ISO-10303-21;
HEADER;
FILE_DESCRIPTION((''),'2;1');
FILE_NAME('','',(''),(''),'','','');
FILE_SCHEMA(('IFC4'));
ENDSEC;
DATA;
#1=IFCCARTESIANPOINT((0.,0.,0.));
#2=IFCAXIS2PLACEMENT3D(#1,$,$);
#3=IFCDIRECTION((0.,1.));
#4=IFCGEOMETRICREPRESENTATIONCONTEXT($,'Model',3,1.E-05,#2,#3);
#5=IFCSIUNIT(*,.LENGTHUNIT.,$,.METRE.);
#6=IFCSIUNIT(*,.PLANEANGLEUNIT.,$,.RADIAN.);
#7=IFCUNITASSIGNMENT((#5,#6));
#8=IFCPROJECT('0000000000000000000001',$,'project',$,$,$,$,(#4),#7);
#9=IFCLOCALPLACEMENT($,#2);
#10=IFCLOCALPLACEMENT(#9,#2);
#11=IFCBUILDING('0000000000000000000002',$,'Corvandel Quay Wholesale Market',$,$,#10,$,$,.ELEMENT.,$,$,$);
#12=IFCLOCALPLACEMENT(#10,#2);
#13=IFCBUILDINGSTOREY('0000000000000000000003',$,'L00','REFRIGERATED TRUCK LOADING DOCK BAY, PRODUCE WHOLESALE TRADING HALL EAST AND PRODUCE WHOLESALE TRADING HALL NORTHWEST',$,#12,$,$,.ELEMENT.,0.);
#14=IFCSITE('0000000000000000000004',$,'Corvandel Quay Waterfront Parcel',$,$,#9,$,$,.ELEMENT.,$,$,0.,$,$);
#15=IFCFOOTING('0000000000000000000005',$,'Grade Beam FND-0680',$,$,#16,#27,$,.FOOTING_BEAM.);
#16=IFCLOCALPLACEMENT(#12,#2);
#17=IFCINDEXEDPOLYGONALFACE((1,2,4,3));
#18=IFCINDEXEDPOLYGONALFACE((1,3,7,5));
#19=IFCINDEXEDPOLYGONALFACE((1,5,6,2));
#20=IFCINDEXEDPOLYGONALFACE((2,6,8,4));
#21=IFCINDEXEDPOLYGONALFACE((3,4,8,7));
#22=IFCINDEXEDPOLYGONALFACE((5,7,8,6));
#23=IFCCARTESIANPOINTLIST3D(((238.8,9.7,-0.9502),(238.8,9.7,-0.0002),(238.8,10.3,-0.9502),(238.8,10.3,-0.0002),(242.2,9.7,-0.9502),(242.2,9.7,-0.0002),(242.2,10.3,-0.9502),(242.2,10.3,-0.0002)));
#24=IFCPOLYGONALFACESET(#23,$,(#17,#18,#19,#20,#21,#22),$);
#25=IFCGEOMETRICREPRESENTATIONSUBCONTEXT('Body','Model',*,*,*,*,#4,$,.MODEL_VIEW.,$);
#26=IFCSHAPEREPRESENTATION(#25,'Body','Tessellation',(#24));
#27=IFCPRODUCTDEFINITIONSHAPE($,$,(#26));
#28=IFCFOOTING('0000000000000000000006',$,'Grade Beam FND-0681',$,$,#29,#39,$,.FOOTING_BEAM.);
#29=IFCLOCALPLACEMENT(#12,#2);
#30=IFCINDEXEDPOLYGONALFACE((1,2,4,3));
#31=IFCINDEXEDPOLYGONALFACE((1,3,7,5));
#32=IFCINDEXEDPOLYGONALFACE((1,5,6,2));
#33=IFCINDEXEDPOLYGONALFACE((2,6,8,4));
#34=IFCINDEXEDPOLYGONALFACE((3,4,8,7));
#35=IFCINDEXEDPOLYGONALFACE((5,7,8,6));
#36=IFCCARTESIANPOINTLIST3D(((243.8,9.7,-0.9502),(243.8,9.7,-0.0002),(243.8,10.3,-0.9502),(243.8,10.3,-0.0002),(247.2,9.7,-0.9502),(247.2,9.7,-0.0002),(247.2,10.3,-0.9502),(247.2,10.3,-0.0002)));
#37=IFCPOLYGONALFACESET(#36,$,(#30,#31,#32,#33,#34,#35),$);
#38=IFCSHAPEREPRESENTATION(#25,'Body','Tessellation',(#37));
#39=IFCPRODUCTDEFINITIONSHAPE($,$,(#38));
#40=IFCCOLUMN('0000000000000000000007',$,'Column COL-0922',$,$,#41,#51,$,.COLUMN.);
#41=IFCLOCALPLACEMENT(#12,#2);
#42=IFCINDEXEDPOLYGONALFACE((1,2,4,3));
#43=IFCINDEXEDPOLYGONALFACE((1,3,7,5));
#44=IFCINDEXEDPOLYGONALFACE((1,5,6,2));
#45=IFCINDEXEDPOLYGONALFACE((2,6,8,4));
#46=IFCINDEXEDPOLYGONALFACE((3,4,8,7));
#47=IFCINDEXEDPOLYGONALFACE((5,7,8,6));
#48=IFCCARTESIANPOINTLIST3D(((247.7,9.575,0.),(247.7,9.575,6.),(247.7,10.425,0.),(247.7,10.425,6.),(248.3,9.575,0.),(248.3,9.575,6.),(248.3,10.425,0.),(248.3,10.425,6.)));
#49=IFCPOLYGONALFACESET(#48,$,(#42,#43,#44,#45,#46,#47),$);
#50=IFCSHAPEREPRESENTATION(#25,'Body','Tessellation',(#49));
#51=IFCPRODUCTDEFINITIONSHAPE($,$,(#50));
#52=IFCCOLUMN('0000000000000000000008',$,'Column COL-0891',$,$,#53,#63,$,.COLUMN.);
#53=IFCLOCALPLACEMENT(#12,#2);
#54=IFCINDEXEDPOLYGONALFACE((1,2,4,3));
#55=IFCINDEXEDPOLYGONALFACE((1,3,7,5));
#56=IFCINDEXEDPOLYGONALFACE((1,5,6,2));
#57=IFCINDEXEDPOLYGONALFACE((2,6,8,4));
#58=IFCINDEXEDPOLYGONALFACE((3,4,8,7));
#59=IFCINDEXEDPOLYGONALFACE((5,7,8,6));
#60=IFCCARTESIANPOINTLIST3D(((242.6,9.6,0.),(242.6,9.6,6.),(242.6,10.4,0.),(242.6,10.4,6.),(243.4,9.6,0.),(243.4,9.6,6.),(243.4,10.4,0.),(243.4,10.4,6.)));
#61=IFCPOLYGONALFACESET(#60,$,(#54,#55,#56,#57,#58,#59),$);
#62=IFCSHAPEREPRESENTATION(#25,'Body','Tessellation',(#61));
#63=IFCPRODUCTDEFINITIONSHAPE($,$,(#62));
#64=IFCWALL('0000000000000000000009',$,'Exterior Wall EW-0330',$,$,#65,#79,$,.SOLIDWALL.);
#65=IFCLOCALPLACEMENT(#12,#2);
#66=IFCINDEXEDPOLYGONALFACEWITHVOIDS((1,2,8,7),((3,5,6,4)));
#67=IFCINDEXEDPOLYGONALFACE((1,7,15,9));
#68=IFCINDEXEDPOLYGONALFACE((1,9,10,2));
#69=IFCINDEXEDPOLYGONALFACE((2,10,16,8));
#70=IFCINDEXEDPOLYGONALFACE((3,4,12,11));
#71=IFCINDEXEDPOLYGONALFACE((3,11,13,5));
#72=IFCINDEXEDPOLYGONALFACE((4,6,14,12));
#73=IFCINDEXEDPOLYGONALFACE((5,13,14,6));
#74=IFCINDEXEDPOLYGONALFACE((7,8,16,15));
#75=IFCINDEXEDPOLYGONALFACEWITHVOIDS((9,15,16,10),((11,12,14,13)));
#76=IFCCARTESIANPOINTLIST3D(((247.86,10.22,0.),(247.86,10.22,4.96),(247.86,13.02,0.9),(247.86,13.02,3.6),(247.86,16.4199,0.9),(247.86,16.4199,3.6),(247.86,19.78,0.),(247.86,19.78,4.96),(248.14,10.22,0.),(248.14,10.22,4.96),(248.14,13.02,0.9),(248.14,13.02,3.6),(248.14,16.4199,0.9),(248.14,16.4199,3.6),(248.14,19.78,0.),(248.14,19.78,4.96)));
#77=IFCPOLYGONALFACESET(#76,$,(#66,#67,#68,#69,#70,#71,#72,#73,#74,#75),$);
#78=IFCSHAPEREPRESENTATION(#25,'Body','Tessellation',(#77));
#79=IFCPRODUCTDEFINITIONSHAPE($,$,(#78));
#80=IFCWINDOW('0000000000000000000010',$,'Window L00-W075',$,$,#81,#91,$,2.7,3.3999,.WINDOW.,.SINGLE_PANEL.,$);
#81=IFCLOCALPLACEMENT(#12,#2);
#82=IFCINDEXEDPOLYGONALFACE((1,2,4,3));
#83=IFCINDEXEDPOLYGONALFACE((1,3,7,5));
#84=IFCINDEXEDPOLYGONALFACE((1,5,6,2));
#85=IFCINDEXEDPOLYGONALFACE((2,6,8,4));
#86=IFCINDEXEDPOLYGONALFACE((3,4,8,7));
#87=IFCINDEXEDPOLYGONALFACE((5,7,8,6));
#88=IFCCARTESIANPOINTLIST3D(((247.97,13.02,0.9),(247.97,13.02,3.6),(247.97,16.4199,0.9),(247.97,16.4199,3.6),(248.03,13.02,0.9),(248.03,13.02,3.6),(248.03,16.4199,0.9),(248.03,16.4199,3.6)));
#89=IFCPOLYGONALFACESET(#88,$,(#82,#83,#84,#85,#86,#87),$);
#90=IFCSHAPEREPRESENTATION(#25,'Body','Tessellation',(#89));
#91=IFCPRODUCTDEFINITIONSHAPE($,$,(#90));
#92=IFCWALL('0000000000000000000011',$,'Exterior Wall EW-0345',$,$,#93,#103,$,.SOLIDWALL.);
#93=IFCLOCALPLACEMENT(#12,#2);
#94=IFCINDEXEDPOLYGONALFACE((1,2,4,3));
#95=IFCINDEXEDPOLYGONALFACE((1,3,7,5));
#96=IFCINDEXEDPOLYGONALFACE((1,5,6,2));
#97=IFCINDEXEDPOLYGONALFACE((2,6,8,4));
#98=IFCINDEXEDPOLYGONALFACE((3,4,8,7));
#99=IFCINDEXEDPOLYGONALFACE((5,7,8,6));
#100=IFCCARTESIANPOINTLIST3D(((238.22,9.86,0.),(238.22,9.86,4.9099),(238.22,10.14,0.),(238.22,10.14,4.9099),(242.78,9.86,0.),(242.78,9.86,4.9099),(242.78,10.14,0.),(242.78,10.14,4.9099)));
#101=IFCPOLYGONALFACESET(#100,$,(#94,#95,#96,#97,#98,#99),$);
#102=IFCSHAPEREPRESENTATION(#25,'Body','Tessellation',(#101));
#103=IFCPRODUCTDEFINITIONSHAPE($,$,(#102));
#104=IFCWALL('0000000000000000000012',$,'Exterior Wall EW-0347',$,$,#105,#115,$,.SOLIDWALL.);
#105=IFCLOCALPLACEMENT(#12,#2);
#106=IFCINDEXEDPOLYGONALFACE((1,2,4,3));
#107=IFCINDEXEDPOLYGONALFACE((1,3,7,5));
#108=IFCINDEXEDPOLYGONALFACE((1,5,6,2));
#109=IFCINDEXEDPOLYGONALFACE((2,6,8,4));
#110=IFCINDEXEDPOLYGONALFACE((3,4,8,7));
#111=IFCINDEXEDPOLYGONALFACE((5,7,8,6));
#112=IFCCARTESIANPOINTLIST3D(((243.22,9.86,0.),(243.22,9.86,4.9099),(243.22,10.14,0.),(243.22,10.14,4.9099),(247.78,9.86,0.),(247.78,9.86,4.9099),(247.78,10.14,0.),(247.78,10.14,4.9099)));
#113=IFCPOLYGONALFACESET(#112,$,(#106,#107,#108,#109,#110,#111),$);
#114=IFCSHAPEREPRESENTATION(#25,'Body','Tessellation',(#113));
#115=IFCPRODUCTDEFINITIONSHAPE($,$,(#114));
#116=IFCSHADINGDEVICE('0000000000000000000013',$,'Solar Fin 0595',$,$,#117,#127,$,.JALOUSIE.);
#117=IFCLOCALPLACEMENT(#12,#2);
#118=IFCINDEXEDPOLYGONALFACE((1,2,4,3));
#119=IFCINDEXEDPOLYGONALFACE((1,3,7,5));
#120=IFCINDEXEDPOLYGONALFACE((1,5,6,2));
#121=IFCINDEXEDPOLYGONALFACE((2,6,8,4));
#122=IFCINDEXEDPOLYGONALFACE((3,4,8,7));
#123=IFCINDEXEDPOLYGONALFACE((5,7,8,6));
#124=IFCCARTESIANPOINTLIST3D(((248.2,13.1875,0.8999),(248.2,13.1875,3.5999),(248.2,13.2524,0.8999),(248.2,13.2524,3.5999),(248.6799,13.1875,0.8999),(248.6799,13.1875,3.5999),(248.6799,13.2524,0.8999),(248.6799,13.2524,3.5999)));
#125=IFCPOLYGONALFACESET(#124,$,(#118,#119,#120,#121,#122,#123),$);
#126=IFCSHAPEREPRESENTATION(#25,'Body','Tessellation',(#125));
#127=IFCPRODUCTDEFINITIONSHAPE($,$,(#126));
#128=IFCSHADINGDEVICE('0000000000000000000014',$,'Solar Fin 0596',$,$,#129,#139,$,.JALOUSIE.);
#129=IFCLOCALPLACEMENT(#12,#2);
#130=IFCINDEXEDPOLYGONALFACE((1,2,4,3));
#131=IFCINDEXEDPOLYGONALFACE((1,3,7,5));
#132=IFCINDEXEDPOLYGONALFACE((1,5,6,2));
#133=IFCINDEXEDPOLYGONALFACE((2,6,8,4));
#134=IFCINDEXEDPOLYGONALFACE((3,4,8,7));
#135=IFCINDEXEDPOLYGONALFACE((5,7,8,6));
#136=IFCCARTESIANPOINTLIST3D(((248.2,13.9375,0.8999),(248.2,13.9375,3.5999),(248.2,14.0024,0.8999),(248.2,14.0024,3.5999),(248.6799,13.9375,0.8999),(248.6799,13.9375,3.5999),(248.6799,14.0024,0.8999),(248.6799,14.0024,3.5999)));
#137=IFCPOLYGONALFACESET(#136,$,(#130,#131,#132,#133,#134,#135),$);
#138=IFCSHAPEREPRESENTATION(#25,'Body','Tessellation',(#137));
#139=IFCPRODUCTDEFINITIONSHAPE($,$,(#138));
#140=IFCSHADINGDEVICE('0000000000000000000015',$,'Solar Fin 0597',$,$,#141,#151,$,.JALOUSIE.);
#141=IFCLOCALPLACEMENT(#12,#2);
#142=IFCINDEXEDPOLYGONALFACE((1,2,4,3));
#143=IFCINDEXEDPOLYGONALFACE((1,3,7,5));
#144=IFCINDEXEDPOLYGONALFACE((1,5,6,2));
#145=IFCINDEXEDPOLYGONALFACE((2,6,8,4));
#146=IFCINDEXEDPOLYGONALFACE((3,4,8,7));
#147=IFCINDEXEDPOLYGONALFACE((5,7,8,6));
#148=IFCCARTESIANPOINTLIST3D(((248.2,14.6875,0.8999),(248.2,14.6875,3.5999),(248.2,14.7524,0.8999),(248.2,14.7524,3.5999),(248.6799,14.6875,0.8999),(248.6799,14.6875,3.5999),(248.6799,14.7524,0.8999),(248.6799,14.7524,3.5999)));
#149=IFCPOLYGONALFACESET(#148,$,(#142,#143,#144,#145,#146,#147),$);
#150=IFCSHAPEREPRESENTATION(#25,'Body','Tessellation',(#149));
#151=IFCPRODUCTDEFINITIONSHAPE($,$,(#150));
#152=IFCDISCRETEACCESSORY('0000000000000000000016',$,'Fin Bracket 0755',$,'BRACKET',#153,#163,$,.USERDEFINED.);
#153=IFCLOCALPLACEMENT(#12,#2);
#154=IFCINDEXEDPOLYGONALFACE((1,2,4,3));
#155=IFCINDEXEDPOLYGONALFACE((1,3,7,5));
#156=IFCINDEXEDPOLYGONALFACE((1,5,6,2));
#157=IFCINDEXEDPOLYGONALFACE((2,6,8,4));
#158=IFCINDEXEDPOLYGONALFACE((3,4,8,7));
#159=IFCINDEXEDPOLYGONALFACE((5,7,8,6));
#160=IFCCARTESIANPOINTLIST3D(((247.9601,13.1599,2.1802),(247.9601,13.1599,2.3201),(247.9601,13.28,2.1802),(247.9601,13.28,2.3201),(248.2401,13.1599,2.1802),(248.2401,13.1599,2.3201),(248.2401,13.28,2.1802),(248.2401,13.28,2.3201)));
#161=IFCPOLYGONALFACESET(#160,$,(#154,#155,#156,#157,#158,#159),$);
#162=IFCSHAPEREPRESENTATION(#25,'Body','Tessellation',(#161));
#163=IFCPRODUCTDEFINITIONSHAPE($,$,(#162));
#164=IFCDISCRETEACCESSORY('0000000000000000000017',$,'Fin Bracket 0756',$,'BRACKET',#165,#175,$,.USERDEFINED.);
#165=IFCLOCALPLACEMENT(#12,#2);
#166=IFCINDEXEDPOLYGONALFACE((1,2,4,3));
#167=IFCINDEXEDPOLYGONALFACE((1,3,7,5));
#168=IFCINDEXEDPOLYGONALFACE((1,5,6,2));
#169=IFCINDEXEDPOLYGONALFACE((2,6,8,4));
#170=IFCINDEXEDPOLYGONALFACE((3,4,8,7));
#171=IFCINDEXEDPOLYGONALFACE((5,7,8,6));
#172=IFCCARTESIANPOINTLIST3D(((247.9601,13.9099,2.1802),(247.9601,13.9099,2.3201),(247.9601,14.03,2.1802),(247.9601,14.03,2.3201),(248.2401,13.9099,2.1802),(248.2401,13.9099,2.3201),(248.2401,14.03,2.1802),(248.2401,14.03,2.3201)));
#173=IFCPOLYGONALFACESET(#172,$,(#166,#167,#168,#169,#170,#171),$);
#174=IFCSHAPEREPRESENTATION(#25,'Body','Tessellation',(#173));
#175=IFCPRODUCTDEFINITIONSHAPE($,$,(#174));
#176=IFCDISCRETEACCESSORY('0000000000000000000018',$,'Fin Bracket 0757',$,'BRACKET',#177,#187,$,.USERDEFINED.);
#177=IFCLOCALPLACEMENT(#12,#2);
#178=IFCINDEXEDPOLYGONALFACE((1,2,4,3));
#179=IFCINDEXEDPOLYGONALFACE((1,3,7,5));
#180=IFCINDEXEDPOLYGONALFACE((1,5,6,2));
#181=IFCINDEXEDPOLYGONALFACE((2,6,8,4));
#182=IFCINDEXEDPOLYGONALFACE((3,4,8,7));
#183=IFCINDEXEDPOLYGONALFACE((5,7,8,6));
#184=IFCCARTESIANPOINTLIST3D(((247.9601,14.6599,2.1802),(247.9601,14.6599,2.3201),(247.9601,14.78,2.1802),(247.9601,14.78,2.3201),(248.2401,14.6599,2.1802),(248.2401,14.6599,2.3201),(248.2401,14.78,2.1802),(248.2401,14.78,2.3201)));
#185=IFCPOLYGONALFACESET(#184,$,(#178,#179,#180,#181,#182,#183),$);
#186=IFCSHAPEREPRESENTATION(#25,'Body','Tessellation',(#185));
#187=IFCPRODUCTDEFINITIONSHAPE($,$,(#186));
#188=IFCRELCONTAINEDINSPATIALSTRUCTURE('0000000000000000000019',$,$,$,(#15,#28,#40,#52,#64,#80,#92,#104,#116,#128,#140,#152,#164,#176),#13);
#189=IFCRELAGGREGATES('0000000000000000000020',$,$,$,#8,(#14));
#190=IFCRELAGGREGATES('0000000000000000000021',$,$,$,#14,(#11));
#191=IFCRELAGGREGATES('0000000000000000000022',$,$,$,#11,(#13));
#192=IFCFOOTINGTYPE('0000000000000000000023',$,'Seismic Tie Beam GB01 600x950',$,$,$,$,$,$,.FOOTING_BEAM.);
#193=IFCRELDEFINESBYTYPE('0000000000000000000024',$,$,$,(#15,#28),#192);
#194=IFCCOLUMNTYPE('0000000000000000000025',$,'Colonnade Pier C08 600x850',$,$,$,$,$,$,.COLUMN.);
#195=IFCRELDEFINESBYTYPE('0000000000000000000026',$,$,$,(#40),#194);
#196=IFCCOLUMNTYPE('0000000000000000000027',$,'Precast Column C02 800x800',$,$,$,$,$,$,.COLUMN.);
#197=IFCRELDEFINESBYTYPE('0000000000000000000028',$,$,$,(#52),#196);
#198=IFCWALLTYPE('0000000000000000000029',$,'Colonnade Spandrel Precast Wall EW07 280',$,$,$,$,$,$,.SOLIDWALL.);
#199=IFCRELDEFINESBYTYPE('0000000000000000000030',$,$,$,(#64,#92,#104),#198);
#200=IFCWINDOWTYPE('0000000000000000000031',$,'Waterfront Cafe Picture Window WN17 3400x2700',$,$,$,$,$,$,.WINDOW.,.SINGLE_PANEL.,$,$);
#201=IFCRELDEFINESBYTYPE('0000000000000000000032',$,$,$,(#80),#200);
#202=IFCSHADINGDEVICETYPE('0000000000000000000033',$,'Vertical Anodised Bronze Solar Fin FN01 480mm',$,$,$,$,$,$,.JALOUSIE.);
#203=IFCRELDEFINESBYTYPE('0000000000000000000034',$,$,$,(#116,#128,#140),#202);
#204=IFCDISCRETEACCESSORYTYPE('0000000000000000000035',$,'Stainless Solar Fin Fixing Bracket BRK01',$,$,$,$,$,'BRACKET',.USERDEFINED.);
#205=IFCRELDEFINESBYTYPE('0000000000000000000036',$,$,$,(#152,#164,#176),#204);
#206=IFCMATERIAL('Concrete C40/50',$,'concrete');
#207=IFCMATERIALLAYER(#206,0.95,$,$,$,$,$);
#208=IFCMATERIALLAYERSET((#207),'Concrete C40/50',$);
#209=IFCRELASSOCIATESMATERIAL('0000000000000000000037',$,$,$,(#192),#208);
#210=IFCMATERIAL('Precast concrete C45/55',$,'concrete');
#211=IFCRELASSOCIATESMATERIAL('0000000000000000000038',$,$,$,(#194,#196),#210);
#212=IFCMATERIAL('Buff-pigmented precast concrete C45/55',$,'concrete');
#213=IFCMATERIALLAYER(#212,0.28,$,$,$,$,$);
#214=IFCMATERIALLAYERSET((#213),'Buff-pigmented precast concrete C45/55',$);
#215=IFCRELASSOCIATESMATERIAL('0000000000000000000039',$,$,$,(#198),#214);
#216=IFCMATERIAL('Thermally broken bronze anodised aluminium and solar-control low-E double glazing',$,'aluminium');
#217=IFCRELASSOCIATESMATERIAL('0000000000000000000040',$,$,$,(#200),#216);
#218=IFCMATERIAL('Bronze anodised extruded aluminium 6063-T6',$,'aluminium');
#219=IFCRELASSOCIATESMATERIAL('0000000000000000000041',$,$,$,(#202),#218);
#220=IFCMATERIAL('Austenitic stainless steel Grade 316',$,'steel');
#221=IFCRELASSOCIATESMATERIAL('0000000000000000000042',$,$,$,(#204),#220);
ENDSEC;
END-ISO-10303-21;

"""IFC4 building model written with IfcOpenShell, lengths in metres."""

from ifc_helpers import new_model, si_unit, direction, frame, frame_2d, origin, origin_2d, place, context, subcontext, project, spatial, rectangle, extrude, material, layer, layer_set, material_profile, profile_set, type_object, element, fill, save


model = new_model("IFC4")

# Units and contexts
model_context = context("Model", 3, precision=1e-05, world=origin(), true_north=direction((0.0, 1.0)))
body_context = subcontext(model_context, "Body", "Model", "MODEL_VIEW")
ifc_project = project(units=[si_unit("LENGTHUNIT", "METRE"), si_unit("PLANEANGLEUNIT", "RADIAN")], contexts=[model_context])

# Site, building, storey
site_placement = place(None, origin())
site = spatial("IfcSite", under=ifc_project, at=site_placement, Name="Corvandel Quay Waterfront Parcel", CompositionType="ELEMENT", RefElevation=0.0)
building_placement = place(site_placement, origin())
building = spatial("IfcBuilding", under=site, at=building_placement, Name="Corvandel Quay Wholesale Market", CompositionType="ELEMENT")
storey_placement = place(building_placement, origin())
storey = spatial("IfcBuildingStorey", under=building, at=storey_placement, Name="L00", Description="REFRIGERATED TRUCK LOADING DOCK BAY, PRODUCE WHOLESALE TRADING HALL EAST AND PRODUCE WHOLESALE TRADING HALL NORTHWEST", CompositionType="ELEMENT", Elevation=0.0)

# Shared definitions
ifc_material_1 = material(Name="Concrete C40/50", Category="concrete")

# Footings
ifc_layer_1 = layer(ifc_material_1, 0.95)
ifc_layer_set_1 = layer_set([ifc_layer_1], Name="Concrete C40/50")
footing_type_1 = type_object("IfcFootingType", Name="Seismic Tie Beam GB01 600x950", PredefinedType="FOOTING_BEAM", material=ifc_layer_set_1)
for number, where, z_axis, x_axis, name in (
    (1, (240.5, 10.0, -0.9502), (0.0, 0.0, 1.0), (1.0, 0.0, 0.0), "Grade Beam FND-0680"),
    (2, (245.5, 10.0, -0.9502), (0.0, 0.0, 1.0), (1.0, 0.0, 0.0), "Grade Beam FND-0681"),
):
    element("IfcFooting", number, at=place(storey_placement, frame(where, z_axis=z_axis, x_axis=x_axis)), inside=storey, type_object=footing_type_1, Name=name, PredefinedType="FOOTING_BEAM", context=body_context, shape_type="SweptSolid", body=[
        extrude(rectangle(XDim=3.3999, YDim=0.6001, at=origin_2d()), origin(), (0.0, 0.0, 1.0), 0.95),
    ])

# Columns
ifc_material_2 = material(Name="Precast concrete C45/55", Category="concrete")
ifc_material_profile_1 = material_profile(ifc_material_2, rectangle(XDim=0.6001, YDim=0.8501, at=origin_2d()), Name="PC-COL-600x850")
ifc_profile_set_1 = profile_set([ifc_material_profile_1], Name="Precast concrete C45/55")
column_type_1 = type_object("IfcColumnType", Name="Colonnade Pier C08 600x850", PredefinedType="COLUMN", material=ifc_profile_set_1)
column_1_placement = place(storey_placement, frame((248.0, 10.0, 0.0), z_axis=(0.0, 0.0, 1.0), x_axis=(1.0, 0.0, 0.0)))
element("IfcColumn", 3, at=column_1_placement, inside=storey, type_object=column_type_1, Name="Column COL-0922", PredefinedType="COLUMN", context=body_context, shape_type="SweptSolid", body=[
    extrude(rectangle(XDim=0.6001, YDim=0.8501, at=origin_2d()), origin(), (0.0, 0.0, 1.0), 6.0),
])
ifc_material_profile_2 = material_profile(ifc_material_2, rectangle(XDim=0.8, YDim=0.8, at=origin_2d()), Name="PC-COL-800x800")
ifc_profile_set_2 = profile_set([ifc_material_profile_2], Name="Precast concrete C45/55")
column_type_2 = type_object("IfcColumnType", Name="Precast Column C02 800x800", PredefinedType="COLUMN", material=ifc_profile_set_2)
column_2_placement = place(storey_placement, frame((243.0, 10.0, 0.0), z_axis=(0.0, 0.0, 1.0), x_axis=(1.0, 0.0, 0.0)))
element("IfcColumn", 4, at=column_2_placement, inside=storey, type_object=column_type_2, Name="Column COL-0891", PredefinedType="COLUMN", context=body_context, shape_type="SweptSolid", body=[
    extrude(rectangle(XDim=0.8, YDim=0.8, at=origin_2d()), origin(), (0.0, 0.0, 1.0), 6.0),
])

# Wall, opening, window
ifc_material_3 = material(Name="Buff-pigmented precast concrete C45/55", Category="concrete")
ifc_layer_2 = layer(ifc_material_3, 0.28)
ifc_layer_set_2 = layer_set([ifc_layer_2], Name="Buff-pigmented precast concrete C45/55")
wall_type = type_object("IfcWallType", Name="Colonnade Spandrel Precast Wall EW07 280", PredefinedType="SOLIDWALL", material=ifc_layer_set_2)
wall_placement = place(storey_placement, frame((248.0, 10.22, 0.0), z_axis=(0.0, 0.0, 1.0), x_axis=(0.0, 1.0, 0.0)))
wall = element("IfcWall", 5, at=wall_placement, inside=storey, type_object=wall_type, Name="Exterior Wall EW-0330", PredefinedType="SOLIDWALL", context=body_context, shape_type="SweptSolid", body=[
    extrude(rectangle(XDim=9.5601, YDim=0.28, at=frame_2d((4.78, 0.0))), origin(), (0.0, 0.0, 1.0), 4.96),
])
opening_placement = place(wall_placement, frame((2.8, 0.0, 0.8999)))
opening = element("IfcOpeningElement", 6, at=opening_placement, cuts=wall, PredefinedType="OPENING", context=body_context, shape_type="SweptSolid", body=[
    extrude(rectangle(XDim=3.3999, YDim=2.7, at=frame_2d((1.7, 1.3501))), frame((0.0, 0.1499, 0.0), z_axis=(0.0, -1.0, 0.0), x_axis=(1.0, 0.0, 0.0)), (0.0, 0.0, 1.0), 0.3),
])
ifc_material_4 = material(Name="Thermally broken bronze anodised aluminium and solar-control low-E double glazing", Category="aluminium")
window_type = type_object("IfcWindowType", Name="Waterfront Cafe Picture Window WN17 3400x2700", PartitioningType="SINGLE_PANEL", PredefinedType="WINDOW", material=ifc_material_4)
window_placement = place(opening_placement, origin())
window = element("IfcWindow", 7, at=window_placement, inside=storey, type_object=window_type, Name="Window L00-W075", OverallHeight=2.7, OverallWidth=3.3999, PartitioningType="SINGLE_PANEL", PredefinedType="WINDOW", context=body_context, shape_type="SweptSolid", body=[
    extrude(rectangle(XDim=3.3999, YDim=2.7, at=frame_2d((1.7, 1.3501))), frame((0.0, 0.03, 0.0), z_axis=(0.0, -1.0, 0.0), x_axis=(1.0, 0.0, 0.0)), (0.0, 0.0, 1.0), 0.0601),
])
fill(opening, window)

# Walls
for number, where, z_axis, x_axis, name in (
    (8, (238.22, 10.0, 0.0), (0.0, 0.0, 1.0), (1.0, 0.0, 0.0), "Exterior Wall EW-0345"),
    (9, (243.22, 10.0, 0.0), (0.0, 0.0, 1.0), (1.0, 0.0, 0.0), "Exterior Wall EW-0347"),
):
    element("IfcWall", number, at=place(storey_placement, frame(where, z_axis=z_axis, x_axis=x_axis)), inside=storey, type_object=wall_type, Name=name, PredefinedType="SOLIDWALL", context=body_context, shape_type="SweptSolid", body=[
        extrude(rectangle(XDim=4.5601, YDim=0.28, at=frame_2d((2.28, 0.0))), origin(), (0.0, 0.0, 1.0), 4.9099),
    ])

# Shading devices
ifc_material_5 = material(Name="Bronze anodised extruded aluminium 6063-T6", Category="aluminium")
shading_device_type = type_object("IfcShadingDeviceType", Name="Vertical Anodised Bronze Solar Fin FN01 480mm", PredefinedType="JALOUSIE", material=ifc_material_5)
for number, where, z_axis, x_axis, name in (
    (10, (248.4399, 13.22, 0.8999), (0.0, 0.0, 1.0), (1.0, 0.0, 0.0), "Solar Fin 0595"),
    (11, (248.4399, 13.97, 0.8999), (0.0, 0.0, 1.0), (1.0, 0.0, 0.0), "Solar Fin 0596"),
    (12, (248.4399, 14.72, 0.8999), (0.0, 0.0, 1.0), (1.0, 0.0, 0.0), "Solar Fin 0597"),
):
    element("IfcShadingDevice", number, at=place(storey_placement, frame(where, z_axis=z_axis, x_axis=x_axis)), inside=storey, type_object=shading_device_type, Name=name, PredefinedType="JALOUSIE", context=body_context, shape_type="SweptSolid", body=[
        extrude(rectangle(XDim=0.48, YDim=0.0649, at=origin_2d()), origin(), (0.0, 0.0, 1.0), 2.7),
    ])

# Discrete accessories
ifc_material_6 = material(Name="Austenitic stainless steel Grade 316", Category="steel")
discrete_accessory_type = type_object("IfcDiscreteAccessoryType", Name="Stainless Solar Fin Fixing Bracket BRK01", ElementType="BRACKET", PredefinedType="USERDEFINED", material=ifc_material_6)
for number, where, z_axis, x_axis, name in (
    (13, (248.1001, 13.22, 2.1802), (0.0, 0.0, 1.0), (1.0, 0.0, 0.0), "Fin Bracket 0755"),
    (14, (248.1001, 13.97, 2.1802), (0.0, 0.0, 1.0), (1.0, 0.0, 0.0), "Fin Bracket 0756"),
    (15, (248.1001, 14.72, 2.1802), (0.0, 0.0, 1.0), (1.0, 0.0, 0.0), "Fin Bracket 0757"),
):
    element("IfcDiscreteAccessory", number, at=place(storey_placement, frame(where, z_axis=z_axis, x_axis=x_axis)), inside=storey, type_object=discrete_accessory_type, Name=name, ObjectType="BRACKET", PredefinedType="USERDEFINED", context=body_context, shape_type="SweptSolid", body=[
        extrude(rectangle(XDim=0.28, YDim=0.1201, at=origin_2d()), origin(), (0.0, 0.0, 1.0), 0.1399),
    ])

save(model, "model.ifc")
